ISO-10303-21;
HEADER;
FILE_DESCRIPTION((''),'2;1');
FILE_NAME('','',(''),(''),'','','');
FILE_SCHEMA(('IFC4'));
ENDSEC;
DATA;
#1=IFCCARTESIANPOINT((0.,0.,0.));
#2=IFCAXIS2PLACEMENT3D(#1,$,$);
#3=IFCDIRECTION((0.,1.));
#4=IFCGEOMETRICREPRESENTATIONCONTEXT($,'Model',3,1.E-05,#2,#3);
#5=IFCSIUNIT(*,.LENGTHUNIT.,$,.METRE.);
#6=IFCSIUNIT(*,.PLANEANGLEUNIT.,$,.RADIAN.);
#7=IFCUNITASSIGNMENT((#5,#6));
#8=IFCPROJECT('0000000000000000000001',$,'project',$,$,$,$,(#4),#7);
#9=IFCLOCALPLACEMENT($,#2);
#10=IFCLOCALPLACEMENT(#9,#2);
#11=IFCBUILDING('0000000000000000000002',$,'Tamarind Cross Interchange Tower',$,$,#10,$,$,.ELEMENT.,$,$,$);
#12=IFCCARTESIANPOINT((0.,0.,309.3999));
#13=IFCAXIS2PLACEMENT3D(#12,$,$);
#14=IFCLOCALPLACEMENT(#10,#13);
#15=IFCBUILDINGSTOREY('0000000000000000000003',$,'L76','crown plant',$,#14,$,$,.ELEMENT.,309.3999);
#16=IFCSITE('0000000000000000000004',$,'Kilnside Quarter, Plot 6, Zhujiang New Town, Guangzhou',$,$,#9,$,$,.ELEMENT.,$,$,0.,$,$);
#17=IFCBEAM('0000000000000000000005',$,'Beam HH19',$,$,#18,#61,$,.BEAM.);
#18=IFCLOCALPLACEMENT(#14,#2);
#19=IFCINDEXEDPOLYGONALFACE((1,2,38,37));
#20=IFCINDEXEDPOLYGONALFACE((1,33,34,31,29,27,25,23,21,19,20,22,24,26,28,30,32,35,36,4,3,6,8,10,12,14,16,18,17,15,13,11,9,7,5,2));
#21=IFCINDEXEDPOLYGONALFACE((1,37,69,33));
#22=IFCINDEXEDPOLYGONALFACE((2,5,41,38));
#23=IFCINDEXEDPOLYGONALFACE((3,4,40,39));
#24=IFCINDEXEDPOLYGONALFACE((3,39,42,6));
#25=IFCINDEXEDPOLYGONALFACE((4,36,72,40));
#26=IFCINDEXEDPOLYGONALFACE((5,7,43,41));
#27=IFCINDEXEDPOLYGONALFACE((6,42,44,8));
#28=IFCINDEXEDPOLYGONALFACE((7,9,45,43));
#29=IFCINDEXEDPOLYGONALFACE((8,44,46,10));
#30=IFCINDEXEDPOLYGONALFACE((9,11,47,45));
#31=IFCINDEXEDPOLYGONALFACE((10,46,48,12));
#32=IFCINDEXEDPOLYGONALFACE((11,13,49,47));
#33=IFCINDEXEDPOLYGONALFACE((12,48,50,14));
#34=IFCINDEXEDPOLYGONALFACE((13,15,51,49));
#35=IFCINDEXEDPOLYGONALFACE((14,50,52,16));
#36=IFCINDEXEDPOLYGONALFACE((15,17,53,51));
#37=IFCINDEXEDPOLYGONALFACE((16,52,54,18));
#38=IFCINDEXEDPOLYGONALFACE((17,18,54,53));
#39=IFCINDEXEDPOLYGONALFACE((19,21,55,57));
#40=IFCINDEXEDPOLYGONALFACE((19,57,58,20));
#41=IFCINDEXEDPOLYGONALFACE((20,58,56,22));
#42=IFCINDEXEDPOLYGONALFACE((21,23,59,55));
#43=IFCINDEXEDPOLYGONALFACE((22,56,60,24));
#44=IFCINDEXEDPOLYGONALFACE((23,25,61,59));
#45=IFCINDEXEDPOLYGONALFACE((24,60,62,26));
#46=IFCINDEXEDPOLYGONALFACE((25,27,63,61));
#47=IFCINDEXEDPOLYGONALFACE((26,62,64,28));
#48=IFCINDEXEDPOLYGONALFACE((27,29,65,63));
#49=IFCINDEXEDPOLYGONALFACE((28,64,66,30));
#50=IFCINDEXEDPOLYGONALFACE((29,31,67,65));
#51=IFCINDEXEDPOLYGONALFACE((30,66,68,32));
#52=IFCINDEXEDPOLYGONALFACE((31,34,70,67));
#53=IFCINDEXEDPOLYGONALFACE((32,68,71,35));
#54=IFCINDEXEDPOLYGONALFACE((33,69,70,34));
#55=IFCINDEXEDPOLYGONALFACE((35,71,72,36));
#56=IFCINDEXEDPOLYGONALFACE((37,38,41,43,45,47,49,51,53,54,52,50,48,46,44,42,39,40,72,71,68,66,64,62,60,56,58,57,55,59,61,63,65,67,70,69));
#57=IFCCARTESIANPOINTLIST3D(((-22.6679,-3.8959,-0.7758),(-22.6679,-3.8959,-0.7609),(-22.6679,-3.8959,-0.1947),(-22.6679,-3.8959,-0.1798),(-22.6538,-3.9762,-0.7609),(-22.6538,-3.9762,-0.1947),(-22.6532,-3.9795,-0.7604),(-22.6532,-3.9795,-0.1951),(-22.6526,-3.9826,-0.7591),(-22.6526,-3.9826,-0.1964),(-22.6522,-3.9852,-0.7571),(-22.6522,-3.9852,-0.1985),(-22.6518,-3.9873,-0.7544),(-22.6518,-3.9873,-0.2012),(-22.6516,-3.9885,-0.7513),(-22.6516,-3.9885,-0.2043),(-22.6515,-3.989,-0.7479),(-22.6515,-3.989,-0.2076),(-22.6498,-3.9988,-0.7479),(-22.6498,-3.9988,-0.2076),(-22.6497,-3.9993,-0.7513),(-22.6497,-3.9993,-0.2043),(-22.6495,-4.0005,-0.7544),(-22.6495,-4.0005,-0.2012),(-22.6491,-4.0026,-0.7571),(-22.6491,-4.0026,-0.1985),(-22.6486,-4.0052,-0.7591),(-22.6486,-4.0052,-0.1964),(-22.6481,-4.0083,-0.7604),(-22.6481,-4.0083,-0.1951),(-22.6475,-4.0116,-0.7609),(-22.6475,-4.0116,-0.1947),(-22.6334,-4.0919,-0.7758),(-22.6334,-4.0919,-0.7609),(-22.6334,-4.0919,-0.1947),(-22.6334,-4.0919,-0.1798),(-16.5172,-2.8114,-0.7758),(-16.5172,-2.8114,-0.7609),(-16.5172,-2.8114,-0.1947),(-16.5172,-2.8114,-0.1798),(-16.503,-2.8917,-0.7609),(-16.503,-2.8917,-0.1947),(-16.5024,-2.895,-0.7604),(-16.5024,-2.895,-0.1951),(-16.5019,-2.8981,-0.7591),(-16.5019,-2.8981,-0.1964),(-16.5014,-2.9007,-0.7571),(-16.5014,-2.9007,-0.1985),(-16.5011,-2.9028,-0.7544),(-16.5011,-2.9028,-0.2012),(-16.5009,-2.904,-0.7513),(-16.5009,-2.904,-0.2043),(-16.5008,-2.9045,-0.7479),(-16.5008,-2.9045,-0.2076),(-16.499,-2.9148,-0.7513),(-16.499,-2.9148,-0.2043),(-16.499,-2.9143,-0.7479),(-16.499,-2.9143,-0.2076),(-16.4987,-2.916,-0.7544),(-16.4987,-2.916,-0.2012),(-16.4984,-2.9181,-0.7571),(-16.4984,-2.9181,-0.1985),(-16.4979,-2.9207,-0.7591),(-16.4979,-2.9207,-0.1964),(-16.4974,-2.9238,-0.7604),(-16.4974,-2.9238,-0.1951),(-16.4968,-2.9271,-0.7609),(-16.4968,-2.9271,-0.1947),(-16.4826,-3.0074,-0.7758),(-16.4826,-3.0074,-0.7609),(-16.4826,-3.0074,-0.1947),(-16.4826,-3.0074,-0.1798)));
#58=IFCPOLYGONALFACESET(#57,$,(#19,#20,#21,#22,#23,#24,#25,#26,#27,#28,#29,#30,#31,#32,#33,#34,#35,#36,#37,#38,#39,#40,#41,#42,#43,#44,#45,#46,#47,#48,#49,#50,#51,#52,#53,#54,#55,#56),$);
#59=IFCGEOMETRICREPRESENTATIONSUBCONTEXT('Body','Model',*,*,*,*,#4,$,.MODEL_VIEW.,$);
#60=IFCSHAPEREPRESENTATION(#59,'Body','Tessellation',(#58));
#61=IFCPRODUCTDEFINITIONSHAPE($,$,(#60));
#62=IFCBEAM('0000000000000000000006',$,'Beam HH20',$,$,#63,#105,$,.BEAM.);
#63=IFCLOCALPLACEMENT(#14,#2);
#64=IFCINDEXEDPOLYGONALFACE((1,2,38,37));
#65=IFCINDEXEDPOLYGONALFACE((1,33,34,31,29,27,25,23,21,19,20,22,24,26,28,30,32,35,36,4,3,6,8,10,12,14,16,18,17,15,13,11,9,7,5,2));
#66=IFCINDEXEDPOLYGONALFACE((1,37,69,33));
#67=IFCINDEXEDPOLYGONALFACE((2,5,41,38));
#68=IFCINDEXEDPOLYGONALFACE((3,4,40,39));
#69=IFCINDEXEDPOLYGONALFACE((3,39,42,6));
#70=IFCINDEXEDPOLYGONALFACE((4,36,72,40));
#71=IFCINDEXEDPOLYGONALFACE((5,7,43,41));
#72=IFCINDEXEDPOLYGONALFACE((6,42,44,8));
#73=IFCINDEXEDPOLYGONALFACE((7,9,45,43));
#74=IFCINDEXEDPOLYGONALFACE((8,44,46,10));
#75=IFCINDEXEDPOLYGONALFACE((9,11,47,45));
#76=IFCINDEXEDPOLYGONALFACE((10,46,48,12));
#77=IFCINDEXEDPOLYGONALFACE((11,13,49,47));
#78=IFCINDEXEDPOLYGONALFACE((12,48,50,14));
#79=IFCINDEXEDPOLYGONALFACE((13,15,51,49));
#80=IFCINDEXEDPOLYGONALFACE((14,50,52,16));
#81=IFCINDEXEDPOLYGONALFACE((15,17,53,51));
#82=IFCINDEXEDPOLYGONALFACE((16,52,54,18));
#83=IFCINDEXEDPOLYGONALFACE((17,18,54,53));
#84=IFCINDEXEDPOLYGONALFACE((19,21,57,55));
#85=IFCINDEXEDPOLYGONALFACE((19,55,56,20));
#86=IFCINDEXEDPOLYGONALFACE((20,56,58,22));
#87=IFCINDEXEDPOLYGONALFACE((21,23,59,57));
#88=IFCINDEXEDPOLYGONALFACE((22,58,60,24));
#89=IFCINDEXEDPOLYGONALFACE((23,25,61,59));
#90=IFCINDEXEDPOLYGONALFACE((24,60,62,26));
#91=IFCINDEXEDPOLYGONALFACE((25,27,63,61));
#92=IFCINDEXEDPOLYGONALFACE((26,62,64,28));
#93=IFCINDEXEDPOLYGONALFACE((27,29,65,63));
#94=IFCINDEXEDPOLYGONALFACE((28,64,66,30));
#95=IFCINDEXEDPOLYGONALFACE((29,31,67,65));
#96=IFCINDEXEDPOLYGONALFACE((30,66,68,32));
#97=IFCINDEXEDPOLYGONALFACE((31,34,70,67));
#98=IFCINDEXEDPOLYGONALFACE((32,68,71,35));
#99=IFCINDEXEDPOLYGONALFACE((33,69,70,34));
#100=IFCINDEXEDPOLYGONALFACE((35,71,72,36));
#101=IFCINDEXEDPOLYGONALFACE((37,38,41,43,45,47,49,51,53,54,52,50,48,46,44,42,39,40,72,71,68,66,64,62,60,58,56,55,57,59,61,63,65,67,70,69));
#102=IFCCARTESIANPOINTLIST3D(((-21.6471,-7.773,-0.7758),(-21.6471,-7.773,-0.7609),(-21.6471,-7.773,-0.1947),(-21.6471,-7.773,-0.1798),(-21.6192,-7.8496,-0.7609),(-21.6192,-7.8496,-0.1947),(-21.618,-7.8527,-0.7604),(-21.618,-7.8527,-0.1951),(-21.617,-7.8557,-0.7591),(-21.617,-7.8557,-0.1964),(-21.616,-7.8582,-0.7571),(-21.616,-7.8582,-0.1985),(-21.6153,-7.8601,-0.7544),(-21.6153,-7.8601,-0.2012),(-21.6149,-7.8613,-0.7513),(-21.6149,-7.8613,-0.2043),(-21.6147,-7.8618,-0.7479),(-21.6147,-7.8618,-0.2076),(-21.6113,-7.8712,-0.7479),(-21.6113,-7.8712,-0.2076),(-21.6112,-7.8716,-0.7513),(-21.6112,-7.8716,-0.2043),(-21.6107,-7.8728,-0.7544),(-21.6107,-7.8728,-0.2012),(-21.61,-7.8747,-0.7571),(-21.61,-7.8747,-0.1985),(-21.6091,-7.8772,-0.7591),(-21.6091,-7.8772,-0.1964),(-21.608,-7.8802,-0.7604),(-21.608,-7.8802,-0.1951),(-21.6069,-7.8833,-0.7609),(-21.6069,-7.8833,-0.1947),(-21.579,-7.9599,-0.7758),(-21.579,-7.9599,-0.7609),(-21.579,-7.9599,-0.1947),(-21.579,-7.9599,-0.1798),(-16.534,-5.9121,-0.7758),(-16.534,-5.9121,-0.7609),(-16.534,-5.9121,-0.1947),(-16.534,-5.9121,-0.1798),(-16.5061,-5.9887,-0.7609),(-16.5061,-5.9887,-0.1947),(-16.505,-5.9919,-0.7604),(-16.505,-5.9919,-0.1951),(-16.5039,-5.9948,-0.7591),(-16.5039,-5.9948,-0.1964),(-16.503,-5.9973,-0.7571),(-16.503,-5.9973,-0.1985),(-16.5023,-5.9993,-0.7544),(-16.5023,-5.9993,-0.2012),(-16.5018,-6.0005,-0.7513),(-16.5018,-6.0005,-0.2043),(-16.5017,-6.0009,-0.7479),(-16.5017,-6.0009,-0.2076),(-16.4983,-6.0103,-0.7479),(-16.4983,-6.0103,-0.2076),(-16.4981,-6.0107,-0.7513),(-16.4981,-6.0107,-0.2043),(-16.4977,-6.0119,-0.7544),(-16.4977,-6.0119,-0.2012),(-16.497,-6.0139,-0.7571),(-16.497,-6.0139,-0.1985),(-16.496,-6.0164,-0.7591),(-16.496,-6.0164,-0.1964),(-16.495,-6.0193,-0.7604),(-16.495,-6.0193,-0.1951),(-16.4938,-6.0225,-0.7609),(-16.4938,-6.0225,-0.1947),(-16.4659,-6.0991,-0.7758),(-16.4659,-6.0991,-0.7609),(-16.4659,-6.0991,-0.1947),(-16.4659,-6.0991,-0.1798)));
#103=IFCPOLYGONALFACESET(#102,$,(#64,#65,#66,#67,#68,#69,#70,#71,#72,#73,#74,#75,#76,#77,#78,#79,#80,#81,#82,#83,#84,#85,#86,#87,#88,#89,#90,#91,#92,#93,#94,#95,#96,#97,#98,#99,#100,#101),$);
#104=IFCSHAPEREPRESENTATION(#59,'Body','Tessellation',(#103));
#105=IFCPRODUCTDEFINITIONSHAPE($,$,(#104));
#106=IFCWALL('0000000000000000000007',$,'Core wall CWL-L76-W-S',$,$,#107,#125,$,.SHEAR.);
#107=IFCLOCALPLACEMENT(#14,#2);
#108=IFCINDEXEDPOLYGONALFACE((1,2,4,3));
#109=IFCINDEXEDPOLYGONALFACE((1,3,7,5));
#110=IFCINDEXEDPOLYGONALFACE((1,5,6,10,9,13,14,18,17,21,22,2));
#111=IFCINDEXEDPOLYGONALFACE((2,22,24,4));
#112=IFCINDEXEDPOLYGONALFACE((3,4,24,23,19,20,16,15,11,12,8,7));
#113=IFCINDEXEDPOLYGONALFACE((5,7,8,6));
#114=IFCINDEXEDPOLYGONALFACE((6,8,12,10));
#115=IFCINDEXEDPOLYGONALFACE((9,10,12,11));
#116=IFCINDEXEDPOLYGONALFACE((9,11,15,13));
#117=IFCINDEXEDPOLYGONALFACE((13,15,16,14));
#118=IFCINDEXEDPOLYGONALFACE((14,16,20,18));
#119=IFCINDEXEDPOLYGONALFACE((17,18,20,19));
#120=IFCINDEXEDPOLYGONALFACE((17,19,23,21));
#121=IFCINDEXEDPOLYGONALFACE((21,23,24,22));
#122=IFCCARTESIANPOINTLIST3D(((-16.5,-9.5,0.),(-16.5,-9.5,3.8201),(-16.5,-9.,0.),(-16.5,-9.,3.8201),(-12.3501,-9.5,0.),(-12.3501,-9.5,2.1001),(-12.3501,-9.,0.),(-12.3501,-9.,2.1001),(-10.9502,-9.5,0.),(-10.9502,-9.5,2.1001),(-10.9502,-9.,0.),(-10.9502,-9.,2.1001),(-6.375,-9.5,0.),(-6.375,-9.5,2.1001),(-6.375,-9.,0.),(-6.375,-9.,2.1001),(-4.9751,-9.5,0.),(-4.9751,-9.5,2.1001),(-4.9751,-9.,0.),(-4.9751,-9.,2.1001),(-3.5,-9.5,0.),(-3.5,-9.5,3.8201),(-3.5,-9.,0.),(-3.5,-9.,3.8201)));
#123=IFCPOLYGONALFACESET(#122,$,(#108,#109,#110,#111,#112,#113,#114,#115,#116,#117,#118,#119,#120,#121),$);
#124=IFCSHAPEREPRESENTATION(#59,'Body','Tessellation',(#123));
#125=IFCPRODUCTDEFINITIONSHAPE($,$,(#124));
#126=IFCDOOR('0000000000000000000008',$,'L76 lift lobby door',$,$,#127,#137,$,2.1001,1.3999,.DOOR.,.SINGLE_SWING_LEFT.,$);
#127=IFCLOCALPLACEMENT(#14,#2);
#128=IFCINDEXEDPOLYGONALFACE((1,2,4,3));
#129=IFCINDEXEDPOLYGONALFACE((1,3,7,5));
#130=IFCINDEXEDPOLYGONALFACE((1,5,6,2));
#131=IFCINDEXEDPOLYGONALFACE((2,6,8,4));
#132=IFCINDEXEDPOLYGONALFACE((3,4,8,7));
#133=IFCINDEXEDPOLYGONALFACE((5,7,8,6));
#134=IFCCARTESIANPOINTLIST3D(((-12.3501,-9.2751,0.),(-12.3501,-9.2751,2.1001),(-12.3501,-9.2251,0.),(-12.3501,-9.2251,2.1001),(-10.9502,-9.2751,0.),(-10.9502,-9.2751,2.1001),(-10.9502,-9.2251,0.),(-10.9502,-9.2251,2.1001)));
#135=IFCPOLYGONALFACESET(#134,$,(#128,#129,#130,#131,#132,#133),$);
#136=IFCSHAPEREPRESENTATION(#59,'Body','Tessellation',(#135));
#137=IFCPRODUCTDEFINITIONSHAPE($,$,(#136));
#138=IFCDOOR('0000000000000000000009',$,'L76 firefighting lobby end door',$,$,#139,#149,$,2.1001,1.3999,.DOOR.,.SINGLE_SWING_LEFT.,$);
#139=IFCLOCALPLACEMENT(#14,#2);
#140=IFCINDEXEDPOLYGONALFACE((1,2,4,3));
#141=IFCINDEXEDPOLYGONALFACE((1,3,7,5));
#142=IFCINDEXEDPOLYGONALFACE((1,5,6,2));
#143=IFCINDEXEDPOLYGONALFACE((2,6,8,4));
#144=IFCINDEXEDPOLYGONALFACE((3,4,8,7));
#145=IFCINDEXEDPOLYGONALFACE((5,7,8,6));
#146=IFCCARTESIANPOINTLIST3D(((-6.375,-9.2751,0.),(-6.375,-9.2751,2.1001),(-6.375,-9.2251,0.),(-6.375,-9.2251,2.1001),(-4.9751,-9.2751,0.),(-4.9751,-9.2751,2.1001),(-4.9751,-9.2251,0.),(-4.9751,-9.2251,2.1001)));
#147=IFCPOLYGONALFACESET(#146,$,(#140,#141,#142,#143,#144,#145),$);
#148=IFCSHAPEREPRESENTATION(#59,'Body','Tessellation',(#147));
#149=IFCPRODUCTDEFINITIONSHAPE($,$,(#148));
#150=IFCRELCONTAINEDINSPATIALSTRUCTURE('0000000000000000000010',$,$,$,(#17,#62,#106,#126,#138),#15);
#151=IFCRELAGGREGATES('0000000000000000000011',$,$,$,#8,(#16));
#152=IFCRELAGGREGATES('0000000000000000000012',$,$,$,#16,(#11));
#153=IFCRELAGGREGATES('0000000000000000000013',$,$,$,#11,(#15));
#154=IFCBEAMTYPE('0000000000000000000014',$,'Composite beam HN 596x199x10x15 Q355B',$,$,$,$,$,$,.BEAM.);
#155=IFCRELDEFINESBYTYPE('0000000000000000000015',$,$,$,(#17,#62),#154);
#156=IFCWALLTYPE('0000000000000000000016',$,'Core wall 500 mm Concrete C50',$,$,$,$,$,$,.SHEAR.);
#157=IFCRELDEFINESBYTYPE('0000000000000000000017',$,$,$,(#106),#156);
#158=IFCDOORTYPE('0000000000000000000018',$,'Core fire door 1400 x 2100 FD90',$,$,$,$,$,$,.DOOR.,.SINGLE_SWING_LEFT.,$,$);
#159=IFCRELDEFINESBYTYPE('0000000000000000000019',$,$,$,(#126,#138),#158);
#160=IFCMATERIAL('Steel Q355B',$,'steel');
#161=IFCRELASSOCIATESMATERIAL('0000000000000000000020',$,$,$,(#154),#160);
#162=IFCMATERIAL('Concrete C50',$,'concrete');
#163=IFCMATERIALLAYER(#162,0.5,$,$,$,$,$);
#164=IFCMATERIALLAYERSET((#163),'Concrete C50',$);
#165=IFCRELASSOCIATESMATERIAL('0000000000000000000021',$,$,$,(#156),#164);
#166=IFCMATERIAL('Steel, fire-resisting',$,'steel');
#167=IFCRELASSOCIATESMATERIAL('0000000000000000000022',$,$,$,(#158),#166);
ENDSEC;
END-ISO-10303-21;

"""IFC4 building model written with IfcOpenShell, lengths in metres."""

from ifc_helpers import new_model, si_unit, direction, frame, frame_2d, origin, origin_2d, place, context, subcontext, project, spatial, rectangle, i_section, extrude, material, layer, layer_set, material_profile, profile_set, type_object, element, fill, save


model = new_model("IFC4")

# Units and contexts
model_context = context("Model", 3, precision=1e-05, world=origin(), true_north=direction((0.0, 1.0)))
body_context = subcontext(model_context, "Body", "Model", "MODEL_VIEW")
ifc_project = project(units=[si_unit("LENGTHUNIT", "METRE"), si_unit("PLANEANGLEUNIT", "RADIAN")], contexts=[model_context])

# Site, building, storey
site_placement = place(None, origin())
site = spatial("IfcSite", under=ifc_project, at=site_placement, Name="Kilnside Quarter, Plot 6, Zhujiang New Town, Guangzhou", CompositionType="ELEMENT", RefElevation=0.0)
building_placement = place(site_placement, origin())
building = spatial("IfcBuilding", under=site, at=building_placement, Name="Tamarind Cross Interchange Tower", CompositionType="ELEMENT")
storey_placement = place(building_placement, frame((0.0, 0.0, 309.3999)))
storey = spatial("IfcBuildingStorey", under=building, at=storey_placement, Name="L76", Description="crown plant", CompositionType="ELEMENT", Elevation=309.3999)

# Beams
ifc_material_1 = material(Name="Steel Q355B", Category="steel")
ifc_material_profile_1 = material_profile(ifc_material_1, i_section(OverallWidth=0.199, OverallDepth=0.5959, WebThickness=0.01, FlangeThickness=0.0149, FilletRadius=0.0129, at=origin_2d()), Name="HN 596x199x10x15")
ifc_profile_set_1 = profile_set([ifc_material_profile_1], Name="Steel Q355B")
beam_type = type_object("IfcBeamType", Name="Composite beam HN 596x199x10x15 Q355B", PredefinedType="BEAM", material=ifc_profile_set_1)
beam_1_placement = place(storey_placement, frame((-22.6506, -3.9939, -0.4778), z_axis=(0.984809, 0.17364, 0.0), x_axis=(-0.17364, 0.984809, 0.0)))
element("IfcBeam", 1, at=beam_1_placement, inside=storey, type_object=beam_type, Name="Beam HH19", PredefinedType="BEAM", context=body_context, shape_type="SweptSolid", body=[
    extrude(i_section(OverallWidth=0.199, OverallDepth=0.5959, WebThickness=0.01, FlangeThickness=0.0149, FilletRadius=0.0129, at=origin_2d()), origin(), (0.0, 0.0, 1.0), 6.2456),
])
beam_2_placement = place(storey_placement, frame((-21.613, -7.8665, -0.4778), z_axis=(0.939702, 0.341995, 0.0), x_axis=(-0.341995, 0.939702, 0.0)))
element("IfcBeam", 2, at=beam_2_placement, inside=storey, type_object=beam_type, Name="Beam HH20", PredefinedType="BEAM", context=body_context, shape_type="SweptSolid", body=[
    extrude(i_section(OverallWidth=0.199, OverallDepth=0.5959, WebThickness=0.01, FlangeThickness=0.0149, FilletRadius=0.0129, at=origin_2d()), origin(), (0.0, 0.0, 1.0), 5.4412),
])

# Wall, openings, doors
ifc_material_2 = material(Name="Concrete C50", Category="concrete")
ifc_layer_1 = layer(ifc_material_2, 0.5)
ifc_layer_set_1 = layer_set([ifc_layer_1], Name="Concrete C50")
wall_type_1 = type_object("IfcWallType", Name="Core wall 500 mm Concrete C50", PredefinedType="SHEAR", material=ifc_layer_set_1)
wall_1_placement = place(storey_placement, frame((-16.5, -9.25, 0.0), z_axis=(0.0, 0.0, 1.0), x_axis=(1.0, 0.0, 0.0)))
wall_1 = element("IfcWall", 3, at=wall_1_placement, inside=storey, type_object=wall_type_1, Name="Core wall CWL-L76-W-S", PredefinedType="SHEAR", context=body_context, shape_type="SweptSolid", body=[
    extrude(rectangle(XDim=13.0, YDim=0.5, at=frame_2d((6.5, 0.0))), origin(), (0.0, 0.0, 1.0), 3.8201),
])
opening_1_placement = place(wall_1_placement, frame((4.1499, 0.0, 0.0)))
opening_1 = element("IfcOpeningElement", 4, at=opening_1_placement, cuts=wall_1, PredefinedType="OPENING", context=body_context, shape_type="SweptSolid", body=[
    extrude(rectangle(XDim=1.3999, YDim=2.1001, at=frame_2d((0.7, 1.05))), frame((0.0, 0.26, 0.0), z_axis=(0.0, -1.0, 0.0), x_axis=(1.0, 0.0, 0.0)), (0.0, 0.0, 1.0), 0.52),
])
opening_2_placement = place(wall_1_placement, frame((10.125, 0.0, 0.0)))
opening_2 = element("IfcOpeningElement", 5, at=opening_2_placement, cuts=wall_1, PredefinedType="OPENING", context=body_context, shape_type="SweptSolid", body=[
    extrude(rectangle(XDim=1.3999, YDim=2.1001, at=frame_2d((0.7, 1.05))), frame((0.0, 0.26, 0.0), z_axis=(0.0, -1.0, 0.0), x_axis=(1.0, 0.0, 0.0)), (0.0, 0.0, 1.0), 0.52),
])
ifc_material_3 = material(Name="Steel, fire-resisting", Category="steel")
door_type_1 = type_object("IfcDoorType", Name="Core fire door 1400 x 2100 FD90", OperationType="SINGLE_SWING_LEFT", PredefinedType="DOOR", material=ifc_material_3)
door_1_placement = place(opening_1_placement, origin())
door_1 = element("IfcDoor", 6, at=door_1_placement, inside=storey, type_object=door_type_1, Name="L76 lift lobby door", OperationType="SINGLE_SWING_LEFT", OverallHeight=2.1001, OverallWidth=1.3999, PredefinedType="DOOR", context=body_context, shape_type="SweptSolid", body=[
    extrude(rectangle(XDim=1.3999, YDim=2.1001, at=frame_2d((0.7, 1.05))), frame((0.0, 0.0249, 0.0), z_axis=(0.0, -1.0, 0.0), x_axis=(1.0, 0.0, 0.0)), (0.0, 0.0, 1.0), 0.05),
])
fill(opening_1, door_1)
door_2_placement = place(opening_2_placement, origin())
door_2 = element("IfcDoor", 7, at=door_2_placement, inside=storey, type_object=door_type_1, Name="L76 firefighting lobby end door", OperationType="SINGLE_SWING_LEFT", OverallHeight=2.1001, OverallWidth=1.3999, PredefinedType="DOOR", context=body_context, shape_type="SweptSolid", body=[
    extrude(rectangle(XDim=1.3999, YDim=2.1001, at=frame_2d((0.7, 1.05))), frame((0.0, 0.0249, 0.0), z_axis=(0.0, -1.0, 0.0), x_axis=(1.0, 0.0, 0.0)), (0.0, 0.0, 1.0), 0.05),
])
fill(opening_2, door_2)

save(model, "model.ifc")
